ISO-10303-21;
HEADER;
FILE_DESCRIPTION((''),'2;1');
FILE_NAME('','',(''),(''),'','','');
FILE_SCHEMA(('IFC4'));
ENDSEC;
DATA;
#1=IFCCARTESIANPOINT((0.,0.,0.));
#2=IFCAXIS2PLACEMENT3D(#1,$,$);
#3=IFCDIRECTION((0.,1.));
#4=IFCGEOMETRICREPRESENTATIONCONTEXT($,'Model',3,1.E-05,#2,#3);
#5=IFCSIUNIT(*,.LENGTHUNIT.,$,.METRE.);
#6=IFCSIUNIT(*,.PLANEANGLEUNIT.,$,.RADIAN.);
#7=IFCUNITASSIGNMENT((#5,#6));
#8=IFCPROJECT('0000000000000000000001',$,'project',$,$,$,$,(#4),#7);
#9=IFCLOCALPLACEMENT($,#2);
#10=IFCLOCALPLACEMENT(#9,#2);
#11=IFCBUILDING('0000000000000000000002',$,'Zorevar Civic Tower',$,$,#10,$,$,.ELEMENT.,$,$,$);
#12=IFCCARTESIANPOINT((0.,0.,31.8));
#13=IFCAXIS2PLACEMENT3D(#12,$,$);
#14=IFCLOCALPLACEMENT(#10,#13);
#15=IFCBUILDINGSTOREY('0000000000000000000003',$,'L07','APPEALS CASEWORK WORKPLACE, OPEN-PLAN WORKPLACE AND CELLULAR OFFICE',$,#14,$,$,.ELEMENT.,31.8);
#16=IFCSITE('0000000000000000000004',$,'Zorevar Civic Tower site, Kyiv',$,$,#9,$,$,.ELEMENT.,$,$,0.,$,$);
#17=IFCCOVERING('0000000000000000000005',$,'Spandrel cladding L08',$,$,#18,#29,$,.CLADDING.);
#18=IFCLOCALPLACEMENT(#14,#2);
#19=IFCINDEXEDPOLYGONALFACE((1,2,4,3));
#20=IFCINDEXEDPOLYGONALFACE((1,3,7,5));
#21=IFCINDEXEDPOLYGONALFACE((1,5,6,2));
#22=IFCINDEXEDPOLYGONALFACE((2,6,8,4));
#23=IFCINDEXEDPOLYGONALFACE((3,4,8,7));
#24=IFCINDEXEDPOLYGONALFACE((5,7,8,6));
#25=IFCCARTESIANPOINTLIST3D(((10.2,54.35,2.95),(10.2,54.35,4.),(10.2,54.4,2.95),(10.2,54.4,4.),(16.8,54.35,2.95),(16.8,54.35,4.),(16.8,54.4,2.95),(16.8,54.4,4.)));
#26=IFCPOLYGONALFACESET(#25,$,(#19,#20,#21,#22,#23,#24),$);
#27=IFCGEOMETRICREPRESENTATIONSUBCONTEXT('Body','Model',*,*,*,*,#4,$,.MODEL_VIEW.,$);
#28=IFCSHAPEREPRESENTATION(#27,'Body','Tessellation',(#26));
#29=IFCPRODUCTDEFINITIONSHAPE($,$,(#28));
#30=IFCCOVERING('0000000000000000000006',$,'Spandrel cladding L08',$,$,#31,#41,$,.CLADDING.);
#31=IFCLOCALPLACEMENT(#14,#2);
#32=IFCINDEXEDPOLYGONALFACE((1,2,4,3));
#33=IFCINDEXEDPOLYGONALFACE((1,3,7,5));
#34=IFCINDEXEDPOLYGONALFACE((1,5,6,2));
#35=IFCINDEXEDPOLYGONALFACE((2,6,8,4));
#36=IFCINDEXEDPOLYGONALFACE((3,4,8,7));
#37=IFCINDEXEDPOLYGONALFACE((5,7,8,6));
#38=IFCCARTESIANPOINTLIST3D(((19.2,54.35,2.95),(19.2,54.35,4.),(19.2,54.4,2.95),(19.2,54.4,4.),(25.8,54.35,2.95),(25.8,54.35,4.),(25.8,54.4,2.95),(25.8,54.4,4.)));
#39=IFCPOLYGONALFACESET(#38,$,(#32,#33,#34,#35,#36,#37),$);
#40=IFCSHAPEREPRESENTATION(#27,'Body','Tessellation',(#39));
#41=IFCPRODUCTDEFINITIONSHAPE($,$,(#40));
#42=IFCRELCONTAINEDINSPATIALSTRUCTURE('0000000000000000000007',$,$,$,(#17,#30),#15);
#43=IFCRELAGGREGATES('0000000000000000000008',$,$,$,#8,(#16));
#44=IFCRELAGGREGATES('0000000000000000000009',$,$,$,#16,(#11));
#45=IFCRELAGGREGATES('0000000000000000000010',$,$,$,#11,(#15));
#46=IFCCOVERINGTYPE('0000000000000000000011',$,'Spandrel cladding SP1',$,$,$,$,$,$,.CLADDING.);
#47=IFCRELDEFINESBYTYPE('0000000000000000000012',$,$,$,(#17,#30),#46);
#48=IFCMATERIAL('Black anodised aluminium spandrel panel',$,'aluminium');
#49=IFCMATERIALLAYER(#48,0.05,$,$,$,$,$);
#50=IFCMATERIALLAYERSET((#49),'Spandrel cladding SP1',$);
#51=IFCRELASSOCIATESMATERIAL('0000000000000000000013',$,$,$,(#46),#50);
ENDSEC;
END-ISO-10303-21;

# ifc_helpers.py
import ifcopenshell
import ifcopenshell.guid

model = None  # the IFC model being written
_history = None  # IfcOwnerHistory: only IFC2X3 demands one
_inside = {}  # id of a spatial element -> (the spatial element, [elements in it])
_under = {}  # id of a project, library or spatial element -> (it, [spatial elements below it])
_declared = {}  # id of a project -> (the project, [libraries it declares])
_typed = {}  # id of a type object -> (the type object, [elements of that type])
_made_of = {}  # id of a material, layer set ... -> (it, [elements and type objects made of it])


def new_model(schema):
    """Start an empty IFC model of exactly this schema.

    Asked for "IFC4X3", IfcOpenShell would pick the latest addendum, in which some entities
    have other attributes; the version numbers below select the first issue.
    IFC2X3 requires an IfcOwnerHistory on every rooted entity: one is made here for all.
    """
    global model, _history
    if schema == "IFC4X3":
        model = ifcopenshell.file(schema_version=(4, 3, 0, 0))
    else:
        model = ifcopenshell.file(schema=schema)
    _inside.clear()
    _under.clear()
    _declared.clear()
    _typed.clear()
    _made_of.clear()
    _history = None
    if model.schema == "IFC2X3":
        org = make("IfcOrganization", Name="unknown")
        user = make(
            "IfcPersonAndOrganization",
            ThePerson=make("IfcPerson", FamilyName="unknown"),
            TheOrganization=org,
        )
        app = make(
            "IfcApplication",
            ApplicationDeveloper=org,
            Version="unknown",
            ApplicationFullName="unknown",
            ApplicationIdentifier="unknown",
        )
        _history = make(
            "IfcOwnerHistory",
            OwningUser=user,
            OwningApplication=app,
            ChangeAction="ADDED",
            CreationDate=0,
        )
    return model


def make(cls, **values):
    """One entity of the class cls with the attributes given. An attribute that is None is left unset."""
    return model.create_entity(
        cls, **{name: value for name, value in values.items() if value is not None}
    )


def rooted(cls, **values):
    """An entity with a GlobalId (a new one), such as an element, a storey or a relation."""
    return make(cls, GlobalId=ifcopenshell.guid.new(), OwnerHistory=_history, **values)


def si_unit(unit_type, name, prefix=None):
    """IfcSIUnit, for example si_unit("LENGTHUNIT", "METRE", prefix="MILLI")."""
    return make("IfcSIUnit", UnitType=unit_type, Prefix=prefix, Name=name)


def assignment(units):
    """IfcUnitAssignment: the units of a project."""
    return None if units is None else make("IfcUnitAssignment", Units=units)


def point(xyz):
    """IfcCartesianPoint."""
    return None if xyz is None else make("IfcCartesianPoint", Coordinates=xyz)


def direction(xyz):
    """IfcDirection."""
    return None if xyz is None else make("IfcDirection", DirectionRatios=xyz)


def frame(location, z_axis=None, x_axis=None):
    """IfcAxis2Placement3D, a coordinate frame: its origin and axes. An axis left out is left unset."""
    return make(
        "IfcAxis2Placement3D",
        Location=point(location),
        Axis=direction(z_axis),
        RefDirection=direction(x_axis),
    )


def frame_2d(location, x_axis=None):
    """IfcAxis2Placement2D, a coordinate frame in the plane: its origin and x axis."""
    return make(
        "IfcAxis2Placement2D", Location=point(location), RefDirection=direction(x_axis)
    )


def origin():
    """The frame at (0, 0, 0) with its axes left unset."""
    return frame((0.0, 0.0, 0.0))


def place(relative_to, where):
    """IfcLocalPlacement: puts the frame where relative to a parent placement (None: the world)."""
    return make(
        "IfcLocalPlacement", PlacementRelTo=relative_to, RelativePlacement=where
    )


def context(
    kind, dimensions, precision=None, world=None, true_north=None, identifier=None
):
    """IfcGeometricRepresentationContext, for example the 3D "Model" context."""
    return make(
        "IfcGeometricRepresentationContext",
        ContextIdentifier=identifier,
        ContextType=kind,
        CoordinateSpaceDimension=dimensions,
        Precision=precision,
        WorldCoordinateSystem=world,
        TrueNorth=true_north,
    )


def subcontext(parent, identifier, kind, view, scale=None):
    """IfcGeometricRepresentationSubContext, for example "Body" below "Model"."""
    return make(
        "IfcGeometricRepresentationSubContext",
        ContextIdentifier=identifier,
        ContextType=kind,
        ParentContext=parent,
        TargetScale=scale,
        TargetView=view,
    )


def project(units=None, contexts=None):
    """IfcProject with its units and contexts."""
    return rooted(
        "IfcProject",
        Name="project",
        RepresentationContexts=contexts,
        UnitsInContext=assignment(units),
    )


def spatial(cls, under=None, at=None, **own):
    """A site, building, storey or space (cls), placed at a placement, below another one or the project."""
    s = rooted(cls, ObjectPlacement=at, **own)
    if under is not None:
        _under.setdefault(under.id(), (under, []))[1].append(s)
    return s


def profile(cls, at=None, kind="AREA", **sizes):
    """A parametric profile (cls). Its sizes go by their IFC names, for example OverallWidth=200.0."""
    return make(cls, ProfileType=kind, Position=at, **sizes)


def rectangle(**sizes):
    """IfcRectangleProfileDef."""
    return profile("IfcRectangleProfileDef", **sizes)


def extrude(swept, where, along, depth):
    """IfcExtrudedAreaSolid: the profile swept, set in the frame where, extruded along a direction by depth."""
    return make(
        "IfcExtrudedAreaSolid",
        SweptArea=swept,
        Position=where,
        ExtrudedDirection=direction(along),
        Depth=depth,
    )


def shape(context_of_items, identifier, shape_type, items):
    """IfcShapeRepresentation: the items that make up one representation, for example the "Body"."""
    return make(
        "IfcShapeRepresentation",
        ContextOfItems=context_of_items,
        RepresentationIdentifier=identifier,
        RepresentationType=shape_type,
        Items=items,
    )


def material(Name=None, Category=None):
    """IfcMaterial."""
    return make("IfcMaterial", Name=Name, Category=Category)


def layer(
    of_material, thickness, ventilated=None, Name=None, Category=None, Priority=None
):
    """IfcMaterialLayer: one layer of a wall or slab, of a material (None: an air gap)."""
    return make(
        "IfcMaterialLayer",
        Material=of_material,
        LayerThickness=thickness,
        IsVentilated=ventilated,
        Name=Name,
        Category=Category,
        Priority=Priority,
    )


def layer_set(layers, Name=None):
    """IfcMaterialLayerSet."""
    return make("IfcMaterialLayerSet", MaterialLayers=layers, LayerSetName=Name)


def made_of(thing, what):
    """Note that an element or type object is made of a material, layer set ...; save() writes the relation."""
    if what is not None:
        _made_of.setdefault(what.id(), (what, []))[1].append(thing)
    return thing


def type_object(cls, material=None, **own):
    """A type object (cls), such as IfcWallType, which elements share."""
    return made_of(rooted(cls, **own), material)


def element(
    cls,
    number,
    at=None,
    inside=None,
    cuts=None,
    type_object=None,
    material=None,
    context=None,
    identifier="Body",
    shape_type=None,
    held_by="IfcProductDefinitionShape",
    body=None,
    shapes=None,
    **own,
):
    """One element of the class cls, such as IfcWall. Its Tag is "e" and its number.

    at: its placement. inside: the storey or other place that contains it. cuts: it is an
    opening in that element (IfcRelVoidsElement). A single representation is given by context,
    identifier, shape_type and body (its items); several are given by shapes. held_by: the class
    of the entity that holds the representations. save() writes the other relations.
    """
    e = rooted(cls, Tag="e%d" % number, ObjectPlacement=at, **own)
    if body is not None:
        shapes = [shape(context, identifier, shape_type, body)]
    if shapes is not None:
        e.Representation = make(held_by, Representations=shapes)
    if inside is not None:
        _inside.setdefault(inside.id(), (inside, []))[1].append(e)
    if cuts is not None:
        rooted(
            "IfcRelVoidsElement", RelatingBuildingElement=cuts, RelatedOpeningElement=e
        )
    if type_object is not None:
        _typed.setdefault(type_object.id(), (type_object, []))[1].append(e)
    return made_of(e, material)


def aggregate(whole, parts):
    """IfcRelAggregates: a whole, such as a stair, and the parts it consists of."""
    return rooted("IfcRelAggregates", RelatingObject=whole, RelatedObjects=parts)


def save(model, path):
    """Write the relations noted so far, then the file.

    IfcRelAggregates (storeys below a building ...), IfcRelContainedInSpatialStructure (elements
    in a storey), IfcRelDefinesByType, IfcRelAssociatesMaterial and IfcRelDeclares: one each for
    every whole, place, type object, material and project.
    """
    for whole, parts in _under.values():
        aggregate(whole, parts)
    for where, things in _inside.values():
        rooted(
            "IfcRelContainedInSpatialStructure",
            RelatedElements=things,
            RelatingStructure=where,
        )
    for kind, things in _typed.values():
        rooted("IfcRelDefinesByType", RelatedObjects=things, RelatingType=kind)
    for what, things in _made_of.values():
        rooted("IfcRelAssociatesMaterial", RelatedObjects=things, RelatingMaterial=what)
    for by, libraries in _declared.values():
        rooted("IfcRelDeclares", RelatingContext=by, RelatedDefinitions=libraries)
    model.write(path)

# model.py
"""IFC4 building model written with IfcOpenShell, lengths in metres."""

from ifc_helpers import new_model, si_unit, direction, frame, frame_2d, origin, place, context, subcontext, project, spatial, rectangle, extrude, material, layer, layer_set, type_object, element, save


model = new_model("IFC4")

# Units and contexts
model_context = context("Model", 3, precision=1e-05, world=origin(), true_north=direction((0.0, 1.0)))
body_context = subcontext(model_context, "Body", "Model", "MODEL_VIEW")
ifc_project = project(units=[si_unit("LENGTHUNIT", "METRE"), si_unit("PLANEANGLEUNIT", "RADIAN")], contexts=[model_context])

# Site, building, storey
site_placement = place(None, origin())
site = spatial("IfcSite", under=ifc_project, at=site_placement, Name="Zorevar Civic Tower site, Kyiv", CompositionType="ELEMENT", RefElevation=0.0)
building_placement = place(site_placement, origin())
building = spatial("IfcBuilding", under=site, at=building_placement, Name="Zorevar Civic Tower", CompositionType="ELEMENT")
storey_placement = place(building_placement, frame((0.0, 0.0, 31.8)))
storey = spatial("IfcBuildingStorey", under=building, at=storey_placement, Name="L07", Description="APPEALS CASEWORK WORKPLACE, OPEN-PLAN WORKPLACE AND CELLULAR OFFICE", CompositionType="ELEMENT", Elevation=31.8)

# Coverings
ifc_material_1 = material(Name="Black anodised aluminium spandrel panel", Category="aluminium")
ifc_layer_1 = layer(ifc_material_1, 0.05)
ifc_layer_set_1 = layer_set([ifc_layer_1], Name="Spandrel cladding SP1")
covering_type = type_object("IfcCoveringType", Name="Spandrel cladding SP1", PredefinedType="CLADDING", material=ifc_layer_set_1)
for number, where, z_axis, x_axis, name in (
    (1, (10.2, 54.375, 2.95), (0.0, 0.0, 1.0), (1.0, 0.0, 0.0), "Spandrel cladding L08"),
    (2, (19.2, 54.375, 2.95), (0.0, 0.0, 1.0), (1.0, 0.0, 0.0), "Spandrel cladding L08"),
):
    element("IfcCovering", number, at=place(storey_placement, frame(where, z_axis=z_axis, x_axis=x_axis)), inside=storey, type_object=covering_type, Name=name, PredefinedType="CLADDING", context=body_context, shape_type="SweptSolid", body=[
        extrude(rectangle(XDim=6.6001, YDim=0.05, at=frame_2d((3.3, 0.0))), origin(), (0.0, 0.0, 1.0), 1.05),
    ])

save(model, "model.ifc")
